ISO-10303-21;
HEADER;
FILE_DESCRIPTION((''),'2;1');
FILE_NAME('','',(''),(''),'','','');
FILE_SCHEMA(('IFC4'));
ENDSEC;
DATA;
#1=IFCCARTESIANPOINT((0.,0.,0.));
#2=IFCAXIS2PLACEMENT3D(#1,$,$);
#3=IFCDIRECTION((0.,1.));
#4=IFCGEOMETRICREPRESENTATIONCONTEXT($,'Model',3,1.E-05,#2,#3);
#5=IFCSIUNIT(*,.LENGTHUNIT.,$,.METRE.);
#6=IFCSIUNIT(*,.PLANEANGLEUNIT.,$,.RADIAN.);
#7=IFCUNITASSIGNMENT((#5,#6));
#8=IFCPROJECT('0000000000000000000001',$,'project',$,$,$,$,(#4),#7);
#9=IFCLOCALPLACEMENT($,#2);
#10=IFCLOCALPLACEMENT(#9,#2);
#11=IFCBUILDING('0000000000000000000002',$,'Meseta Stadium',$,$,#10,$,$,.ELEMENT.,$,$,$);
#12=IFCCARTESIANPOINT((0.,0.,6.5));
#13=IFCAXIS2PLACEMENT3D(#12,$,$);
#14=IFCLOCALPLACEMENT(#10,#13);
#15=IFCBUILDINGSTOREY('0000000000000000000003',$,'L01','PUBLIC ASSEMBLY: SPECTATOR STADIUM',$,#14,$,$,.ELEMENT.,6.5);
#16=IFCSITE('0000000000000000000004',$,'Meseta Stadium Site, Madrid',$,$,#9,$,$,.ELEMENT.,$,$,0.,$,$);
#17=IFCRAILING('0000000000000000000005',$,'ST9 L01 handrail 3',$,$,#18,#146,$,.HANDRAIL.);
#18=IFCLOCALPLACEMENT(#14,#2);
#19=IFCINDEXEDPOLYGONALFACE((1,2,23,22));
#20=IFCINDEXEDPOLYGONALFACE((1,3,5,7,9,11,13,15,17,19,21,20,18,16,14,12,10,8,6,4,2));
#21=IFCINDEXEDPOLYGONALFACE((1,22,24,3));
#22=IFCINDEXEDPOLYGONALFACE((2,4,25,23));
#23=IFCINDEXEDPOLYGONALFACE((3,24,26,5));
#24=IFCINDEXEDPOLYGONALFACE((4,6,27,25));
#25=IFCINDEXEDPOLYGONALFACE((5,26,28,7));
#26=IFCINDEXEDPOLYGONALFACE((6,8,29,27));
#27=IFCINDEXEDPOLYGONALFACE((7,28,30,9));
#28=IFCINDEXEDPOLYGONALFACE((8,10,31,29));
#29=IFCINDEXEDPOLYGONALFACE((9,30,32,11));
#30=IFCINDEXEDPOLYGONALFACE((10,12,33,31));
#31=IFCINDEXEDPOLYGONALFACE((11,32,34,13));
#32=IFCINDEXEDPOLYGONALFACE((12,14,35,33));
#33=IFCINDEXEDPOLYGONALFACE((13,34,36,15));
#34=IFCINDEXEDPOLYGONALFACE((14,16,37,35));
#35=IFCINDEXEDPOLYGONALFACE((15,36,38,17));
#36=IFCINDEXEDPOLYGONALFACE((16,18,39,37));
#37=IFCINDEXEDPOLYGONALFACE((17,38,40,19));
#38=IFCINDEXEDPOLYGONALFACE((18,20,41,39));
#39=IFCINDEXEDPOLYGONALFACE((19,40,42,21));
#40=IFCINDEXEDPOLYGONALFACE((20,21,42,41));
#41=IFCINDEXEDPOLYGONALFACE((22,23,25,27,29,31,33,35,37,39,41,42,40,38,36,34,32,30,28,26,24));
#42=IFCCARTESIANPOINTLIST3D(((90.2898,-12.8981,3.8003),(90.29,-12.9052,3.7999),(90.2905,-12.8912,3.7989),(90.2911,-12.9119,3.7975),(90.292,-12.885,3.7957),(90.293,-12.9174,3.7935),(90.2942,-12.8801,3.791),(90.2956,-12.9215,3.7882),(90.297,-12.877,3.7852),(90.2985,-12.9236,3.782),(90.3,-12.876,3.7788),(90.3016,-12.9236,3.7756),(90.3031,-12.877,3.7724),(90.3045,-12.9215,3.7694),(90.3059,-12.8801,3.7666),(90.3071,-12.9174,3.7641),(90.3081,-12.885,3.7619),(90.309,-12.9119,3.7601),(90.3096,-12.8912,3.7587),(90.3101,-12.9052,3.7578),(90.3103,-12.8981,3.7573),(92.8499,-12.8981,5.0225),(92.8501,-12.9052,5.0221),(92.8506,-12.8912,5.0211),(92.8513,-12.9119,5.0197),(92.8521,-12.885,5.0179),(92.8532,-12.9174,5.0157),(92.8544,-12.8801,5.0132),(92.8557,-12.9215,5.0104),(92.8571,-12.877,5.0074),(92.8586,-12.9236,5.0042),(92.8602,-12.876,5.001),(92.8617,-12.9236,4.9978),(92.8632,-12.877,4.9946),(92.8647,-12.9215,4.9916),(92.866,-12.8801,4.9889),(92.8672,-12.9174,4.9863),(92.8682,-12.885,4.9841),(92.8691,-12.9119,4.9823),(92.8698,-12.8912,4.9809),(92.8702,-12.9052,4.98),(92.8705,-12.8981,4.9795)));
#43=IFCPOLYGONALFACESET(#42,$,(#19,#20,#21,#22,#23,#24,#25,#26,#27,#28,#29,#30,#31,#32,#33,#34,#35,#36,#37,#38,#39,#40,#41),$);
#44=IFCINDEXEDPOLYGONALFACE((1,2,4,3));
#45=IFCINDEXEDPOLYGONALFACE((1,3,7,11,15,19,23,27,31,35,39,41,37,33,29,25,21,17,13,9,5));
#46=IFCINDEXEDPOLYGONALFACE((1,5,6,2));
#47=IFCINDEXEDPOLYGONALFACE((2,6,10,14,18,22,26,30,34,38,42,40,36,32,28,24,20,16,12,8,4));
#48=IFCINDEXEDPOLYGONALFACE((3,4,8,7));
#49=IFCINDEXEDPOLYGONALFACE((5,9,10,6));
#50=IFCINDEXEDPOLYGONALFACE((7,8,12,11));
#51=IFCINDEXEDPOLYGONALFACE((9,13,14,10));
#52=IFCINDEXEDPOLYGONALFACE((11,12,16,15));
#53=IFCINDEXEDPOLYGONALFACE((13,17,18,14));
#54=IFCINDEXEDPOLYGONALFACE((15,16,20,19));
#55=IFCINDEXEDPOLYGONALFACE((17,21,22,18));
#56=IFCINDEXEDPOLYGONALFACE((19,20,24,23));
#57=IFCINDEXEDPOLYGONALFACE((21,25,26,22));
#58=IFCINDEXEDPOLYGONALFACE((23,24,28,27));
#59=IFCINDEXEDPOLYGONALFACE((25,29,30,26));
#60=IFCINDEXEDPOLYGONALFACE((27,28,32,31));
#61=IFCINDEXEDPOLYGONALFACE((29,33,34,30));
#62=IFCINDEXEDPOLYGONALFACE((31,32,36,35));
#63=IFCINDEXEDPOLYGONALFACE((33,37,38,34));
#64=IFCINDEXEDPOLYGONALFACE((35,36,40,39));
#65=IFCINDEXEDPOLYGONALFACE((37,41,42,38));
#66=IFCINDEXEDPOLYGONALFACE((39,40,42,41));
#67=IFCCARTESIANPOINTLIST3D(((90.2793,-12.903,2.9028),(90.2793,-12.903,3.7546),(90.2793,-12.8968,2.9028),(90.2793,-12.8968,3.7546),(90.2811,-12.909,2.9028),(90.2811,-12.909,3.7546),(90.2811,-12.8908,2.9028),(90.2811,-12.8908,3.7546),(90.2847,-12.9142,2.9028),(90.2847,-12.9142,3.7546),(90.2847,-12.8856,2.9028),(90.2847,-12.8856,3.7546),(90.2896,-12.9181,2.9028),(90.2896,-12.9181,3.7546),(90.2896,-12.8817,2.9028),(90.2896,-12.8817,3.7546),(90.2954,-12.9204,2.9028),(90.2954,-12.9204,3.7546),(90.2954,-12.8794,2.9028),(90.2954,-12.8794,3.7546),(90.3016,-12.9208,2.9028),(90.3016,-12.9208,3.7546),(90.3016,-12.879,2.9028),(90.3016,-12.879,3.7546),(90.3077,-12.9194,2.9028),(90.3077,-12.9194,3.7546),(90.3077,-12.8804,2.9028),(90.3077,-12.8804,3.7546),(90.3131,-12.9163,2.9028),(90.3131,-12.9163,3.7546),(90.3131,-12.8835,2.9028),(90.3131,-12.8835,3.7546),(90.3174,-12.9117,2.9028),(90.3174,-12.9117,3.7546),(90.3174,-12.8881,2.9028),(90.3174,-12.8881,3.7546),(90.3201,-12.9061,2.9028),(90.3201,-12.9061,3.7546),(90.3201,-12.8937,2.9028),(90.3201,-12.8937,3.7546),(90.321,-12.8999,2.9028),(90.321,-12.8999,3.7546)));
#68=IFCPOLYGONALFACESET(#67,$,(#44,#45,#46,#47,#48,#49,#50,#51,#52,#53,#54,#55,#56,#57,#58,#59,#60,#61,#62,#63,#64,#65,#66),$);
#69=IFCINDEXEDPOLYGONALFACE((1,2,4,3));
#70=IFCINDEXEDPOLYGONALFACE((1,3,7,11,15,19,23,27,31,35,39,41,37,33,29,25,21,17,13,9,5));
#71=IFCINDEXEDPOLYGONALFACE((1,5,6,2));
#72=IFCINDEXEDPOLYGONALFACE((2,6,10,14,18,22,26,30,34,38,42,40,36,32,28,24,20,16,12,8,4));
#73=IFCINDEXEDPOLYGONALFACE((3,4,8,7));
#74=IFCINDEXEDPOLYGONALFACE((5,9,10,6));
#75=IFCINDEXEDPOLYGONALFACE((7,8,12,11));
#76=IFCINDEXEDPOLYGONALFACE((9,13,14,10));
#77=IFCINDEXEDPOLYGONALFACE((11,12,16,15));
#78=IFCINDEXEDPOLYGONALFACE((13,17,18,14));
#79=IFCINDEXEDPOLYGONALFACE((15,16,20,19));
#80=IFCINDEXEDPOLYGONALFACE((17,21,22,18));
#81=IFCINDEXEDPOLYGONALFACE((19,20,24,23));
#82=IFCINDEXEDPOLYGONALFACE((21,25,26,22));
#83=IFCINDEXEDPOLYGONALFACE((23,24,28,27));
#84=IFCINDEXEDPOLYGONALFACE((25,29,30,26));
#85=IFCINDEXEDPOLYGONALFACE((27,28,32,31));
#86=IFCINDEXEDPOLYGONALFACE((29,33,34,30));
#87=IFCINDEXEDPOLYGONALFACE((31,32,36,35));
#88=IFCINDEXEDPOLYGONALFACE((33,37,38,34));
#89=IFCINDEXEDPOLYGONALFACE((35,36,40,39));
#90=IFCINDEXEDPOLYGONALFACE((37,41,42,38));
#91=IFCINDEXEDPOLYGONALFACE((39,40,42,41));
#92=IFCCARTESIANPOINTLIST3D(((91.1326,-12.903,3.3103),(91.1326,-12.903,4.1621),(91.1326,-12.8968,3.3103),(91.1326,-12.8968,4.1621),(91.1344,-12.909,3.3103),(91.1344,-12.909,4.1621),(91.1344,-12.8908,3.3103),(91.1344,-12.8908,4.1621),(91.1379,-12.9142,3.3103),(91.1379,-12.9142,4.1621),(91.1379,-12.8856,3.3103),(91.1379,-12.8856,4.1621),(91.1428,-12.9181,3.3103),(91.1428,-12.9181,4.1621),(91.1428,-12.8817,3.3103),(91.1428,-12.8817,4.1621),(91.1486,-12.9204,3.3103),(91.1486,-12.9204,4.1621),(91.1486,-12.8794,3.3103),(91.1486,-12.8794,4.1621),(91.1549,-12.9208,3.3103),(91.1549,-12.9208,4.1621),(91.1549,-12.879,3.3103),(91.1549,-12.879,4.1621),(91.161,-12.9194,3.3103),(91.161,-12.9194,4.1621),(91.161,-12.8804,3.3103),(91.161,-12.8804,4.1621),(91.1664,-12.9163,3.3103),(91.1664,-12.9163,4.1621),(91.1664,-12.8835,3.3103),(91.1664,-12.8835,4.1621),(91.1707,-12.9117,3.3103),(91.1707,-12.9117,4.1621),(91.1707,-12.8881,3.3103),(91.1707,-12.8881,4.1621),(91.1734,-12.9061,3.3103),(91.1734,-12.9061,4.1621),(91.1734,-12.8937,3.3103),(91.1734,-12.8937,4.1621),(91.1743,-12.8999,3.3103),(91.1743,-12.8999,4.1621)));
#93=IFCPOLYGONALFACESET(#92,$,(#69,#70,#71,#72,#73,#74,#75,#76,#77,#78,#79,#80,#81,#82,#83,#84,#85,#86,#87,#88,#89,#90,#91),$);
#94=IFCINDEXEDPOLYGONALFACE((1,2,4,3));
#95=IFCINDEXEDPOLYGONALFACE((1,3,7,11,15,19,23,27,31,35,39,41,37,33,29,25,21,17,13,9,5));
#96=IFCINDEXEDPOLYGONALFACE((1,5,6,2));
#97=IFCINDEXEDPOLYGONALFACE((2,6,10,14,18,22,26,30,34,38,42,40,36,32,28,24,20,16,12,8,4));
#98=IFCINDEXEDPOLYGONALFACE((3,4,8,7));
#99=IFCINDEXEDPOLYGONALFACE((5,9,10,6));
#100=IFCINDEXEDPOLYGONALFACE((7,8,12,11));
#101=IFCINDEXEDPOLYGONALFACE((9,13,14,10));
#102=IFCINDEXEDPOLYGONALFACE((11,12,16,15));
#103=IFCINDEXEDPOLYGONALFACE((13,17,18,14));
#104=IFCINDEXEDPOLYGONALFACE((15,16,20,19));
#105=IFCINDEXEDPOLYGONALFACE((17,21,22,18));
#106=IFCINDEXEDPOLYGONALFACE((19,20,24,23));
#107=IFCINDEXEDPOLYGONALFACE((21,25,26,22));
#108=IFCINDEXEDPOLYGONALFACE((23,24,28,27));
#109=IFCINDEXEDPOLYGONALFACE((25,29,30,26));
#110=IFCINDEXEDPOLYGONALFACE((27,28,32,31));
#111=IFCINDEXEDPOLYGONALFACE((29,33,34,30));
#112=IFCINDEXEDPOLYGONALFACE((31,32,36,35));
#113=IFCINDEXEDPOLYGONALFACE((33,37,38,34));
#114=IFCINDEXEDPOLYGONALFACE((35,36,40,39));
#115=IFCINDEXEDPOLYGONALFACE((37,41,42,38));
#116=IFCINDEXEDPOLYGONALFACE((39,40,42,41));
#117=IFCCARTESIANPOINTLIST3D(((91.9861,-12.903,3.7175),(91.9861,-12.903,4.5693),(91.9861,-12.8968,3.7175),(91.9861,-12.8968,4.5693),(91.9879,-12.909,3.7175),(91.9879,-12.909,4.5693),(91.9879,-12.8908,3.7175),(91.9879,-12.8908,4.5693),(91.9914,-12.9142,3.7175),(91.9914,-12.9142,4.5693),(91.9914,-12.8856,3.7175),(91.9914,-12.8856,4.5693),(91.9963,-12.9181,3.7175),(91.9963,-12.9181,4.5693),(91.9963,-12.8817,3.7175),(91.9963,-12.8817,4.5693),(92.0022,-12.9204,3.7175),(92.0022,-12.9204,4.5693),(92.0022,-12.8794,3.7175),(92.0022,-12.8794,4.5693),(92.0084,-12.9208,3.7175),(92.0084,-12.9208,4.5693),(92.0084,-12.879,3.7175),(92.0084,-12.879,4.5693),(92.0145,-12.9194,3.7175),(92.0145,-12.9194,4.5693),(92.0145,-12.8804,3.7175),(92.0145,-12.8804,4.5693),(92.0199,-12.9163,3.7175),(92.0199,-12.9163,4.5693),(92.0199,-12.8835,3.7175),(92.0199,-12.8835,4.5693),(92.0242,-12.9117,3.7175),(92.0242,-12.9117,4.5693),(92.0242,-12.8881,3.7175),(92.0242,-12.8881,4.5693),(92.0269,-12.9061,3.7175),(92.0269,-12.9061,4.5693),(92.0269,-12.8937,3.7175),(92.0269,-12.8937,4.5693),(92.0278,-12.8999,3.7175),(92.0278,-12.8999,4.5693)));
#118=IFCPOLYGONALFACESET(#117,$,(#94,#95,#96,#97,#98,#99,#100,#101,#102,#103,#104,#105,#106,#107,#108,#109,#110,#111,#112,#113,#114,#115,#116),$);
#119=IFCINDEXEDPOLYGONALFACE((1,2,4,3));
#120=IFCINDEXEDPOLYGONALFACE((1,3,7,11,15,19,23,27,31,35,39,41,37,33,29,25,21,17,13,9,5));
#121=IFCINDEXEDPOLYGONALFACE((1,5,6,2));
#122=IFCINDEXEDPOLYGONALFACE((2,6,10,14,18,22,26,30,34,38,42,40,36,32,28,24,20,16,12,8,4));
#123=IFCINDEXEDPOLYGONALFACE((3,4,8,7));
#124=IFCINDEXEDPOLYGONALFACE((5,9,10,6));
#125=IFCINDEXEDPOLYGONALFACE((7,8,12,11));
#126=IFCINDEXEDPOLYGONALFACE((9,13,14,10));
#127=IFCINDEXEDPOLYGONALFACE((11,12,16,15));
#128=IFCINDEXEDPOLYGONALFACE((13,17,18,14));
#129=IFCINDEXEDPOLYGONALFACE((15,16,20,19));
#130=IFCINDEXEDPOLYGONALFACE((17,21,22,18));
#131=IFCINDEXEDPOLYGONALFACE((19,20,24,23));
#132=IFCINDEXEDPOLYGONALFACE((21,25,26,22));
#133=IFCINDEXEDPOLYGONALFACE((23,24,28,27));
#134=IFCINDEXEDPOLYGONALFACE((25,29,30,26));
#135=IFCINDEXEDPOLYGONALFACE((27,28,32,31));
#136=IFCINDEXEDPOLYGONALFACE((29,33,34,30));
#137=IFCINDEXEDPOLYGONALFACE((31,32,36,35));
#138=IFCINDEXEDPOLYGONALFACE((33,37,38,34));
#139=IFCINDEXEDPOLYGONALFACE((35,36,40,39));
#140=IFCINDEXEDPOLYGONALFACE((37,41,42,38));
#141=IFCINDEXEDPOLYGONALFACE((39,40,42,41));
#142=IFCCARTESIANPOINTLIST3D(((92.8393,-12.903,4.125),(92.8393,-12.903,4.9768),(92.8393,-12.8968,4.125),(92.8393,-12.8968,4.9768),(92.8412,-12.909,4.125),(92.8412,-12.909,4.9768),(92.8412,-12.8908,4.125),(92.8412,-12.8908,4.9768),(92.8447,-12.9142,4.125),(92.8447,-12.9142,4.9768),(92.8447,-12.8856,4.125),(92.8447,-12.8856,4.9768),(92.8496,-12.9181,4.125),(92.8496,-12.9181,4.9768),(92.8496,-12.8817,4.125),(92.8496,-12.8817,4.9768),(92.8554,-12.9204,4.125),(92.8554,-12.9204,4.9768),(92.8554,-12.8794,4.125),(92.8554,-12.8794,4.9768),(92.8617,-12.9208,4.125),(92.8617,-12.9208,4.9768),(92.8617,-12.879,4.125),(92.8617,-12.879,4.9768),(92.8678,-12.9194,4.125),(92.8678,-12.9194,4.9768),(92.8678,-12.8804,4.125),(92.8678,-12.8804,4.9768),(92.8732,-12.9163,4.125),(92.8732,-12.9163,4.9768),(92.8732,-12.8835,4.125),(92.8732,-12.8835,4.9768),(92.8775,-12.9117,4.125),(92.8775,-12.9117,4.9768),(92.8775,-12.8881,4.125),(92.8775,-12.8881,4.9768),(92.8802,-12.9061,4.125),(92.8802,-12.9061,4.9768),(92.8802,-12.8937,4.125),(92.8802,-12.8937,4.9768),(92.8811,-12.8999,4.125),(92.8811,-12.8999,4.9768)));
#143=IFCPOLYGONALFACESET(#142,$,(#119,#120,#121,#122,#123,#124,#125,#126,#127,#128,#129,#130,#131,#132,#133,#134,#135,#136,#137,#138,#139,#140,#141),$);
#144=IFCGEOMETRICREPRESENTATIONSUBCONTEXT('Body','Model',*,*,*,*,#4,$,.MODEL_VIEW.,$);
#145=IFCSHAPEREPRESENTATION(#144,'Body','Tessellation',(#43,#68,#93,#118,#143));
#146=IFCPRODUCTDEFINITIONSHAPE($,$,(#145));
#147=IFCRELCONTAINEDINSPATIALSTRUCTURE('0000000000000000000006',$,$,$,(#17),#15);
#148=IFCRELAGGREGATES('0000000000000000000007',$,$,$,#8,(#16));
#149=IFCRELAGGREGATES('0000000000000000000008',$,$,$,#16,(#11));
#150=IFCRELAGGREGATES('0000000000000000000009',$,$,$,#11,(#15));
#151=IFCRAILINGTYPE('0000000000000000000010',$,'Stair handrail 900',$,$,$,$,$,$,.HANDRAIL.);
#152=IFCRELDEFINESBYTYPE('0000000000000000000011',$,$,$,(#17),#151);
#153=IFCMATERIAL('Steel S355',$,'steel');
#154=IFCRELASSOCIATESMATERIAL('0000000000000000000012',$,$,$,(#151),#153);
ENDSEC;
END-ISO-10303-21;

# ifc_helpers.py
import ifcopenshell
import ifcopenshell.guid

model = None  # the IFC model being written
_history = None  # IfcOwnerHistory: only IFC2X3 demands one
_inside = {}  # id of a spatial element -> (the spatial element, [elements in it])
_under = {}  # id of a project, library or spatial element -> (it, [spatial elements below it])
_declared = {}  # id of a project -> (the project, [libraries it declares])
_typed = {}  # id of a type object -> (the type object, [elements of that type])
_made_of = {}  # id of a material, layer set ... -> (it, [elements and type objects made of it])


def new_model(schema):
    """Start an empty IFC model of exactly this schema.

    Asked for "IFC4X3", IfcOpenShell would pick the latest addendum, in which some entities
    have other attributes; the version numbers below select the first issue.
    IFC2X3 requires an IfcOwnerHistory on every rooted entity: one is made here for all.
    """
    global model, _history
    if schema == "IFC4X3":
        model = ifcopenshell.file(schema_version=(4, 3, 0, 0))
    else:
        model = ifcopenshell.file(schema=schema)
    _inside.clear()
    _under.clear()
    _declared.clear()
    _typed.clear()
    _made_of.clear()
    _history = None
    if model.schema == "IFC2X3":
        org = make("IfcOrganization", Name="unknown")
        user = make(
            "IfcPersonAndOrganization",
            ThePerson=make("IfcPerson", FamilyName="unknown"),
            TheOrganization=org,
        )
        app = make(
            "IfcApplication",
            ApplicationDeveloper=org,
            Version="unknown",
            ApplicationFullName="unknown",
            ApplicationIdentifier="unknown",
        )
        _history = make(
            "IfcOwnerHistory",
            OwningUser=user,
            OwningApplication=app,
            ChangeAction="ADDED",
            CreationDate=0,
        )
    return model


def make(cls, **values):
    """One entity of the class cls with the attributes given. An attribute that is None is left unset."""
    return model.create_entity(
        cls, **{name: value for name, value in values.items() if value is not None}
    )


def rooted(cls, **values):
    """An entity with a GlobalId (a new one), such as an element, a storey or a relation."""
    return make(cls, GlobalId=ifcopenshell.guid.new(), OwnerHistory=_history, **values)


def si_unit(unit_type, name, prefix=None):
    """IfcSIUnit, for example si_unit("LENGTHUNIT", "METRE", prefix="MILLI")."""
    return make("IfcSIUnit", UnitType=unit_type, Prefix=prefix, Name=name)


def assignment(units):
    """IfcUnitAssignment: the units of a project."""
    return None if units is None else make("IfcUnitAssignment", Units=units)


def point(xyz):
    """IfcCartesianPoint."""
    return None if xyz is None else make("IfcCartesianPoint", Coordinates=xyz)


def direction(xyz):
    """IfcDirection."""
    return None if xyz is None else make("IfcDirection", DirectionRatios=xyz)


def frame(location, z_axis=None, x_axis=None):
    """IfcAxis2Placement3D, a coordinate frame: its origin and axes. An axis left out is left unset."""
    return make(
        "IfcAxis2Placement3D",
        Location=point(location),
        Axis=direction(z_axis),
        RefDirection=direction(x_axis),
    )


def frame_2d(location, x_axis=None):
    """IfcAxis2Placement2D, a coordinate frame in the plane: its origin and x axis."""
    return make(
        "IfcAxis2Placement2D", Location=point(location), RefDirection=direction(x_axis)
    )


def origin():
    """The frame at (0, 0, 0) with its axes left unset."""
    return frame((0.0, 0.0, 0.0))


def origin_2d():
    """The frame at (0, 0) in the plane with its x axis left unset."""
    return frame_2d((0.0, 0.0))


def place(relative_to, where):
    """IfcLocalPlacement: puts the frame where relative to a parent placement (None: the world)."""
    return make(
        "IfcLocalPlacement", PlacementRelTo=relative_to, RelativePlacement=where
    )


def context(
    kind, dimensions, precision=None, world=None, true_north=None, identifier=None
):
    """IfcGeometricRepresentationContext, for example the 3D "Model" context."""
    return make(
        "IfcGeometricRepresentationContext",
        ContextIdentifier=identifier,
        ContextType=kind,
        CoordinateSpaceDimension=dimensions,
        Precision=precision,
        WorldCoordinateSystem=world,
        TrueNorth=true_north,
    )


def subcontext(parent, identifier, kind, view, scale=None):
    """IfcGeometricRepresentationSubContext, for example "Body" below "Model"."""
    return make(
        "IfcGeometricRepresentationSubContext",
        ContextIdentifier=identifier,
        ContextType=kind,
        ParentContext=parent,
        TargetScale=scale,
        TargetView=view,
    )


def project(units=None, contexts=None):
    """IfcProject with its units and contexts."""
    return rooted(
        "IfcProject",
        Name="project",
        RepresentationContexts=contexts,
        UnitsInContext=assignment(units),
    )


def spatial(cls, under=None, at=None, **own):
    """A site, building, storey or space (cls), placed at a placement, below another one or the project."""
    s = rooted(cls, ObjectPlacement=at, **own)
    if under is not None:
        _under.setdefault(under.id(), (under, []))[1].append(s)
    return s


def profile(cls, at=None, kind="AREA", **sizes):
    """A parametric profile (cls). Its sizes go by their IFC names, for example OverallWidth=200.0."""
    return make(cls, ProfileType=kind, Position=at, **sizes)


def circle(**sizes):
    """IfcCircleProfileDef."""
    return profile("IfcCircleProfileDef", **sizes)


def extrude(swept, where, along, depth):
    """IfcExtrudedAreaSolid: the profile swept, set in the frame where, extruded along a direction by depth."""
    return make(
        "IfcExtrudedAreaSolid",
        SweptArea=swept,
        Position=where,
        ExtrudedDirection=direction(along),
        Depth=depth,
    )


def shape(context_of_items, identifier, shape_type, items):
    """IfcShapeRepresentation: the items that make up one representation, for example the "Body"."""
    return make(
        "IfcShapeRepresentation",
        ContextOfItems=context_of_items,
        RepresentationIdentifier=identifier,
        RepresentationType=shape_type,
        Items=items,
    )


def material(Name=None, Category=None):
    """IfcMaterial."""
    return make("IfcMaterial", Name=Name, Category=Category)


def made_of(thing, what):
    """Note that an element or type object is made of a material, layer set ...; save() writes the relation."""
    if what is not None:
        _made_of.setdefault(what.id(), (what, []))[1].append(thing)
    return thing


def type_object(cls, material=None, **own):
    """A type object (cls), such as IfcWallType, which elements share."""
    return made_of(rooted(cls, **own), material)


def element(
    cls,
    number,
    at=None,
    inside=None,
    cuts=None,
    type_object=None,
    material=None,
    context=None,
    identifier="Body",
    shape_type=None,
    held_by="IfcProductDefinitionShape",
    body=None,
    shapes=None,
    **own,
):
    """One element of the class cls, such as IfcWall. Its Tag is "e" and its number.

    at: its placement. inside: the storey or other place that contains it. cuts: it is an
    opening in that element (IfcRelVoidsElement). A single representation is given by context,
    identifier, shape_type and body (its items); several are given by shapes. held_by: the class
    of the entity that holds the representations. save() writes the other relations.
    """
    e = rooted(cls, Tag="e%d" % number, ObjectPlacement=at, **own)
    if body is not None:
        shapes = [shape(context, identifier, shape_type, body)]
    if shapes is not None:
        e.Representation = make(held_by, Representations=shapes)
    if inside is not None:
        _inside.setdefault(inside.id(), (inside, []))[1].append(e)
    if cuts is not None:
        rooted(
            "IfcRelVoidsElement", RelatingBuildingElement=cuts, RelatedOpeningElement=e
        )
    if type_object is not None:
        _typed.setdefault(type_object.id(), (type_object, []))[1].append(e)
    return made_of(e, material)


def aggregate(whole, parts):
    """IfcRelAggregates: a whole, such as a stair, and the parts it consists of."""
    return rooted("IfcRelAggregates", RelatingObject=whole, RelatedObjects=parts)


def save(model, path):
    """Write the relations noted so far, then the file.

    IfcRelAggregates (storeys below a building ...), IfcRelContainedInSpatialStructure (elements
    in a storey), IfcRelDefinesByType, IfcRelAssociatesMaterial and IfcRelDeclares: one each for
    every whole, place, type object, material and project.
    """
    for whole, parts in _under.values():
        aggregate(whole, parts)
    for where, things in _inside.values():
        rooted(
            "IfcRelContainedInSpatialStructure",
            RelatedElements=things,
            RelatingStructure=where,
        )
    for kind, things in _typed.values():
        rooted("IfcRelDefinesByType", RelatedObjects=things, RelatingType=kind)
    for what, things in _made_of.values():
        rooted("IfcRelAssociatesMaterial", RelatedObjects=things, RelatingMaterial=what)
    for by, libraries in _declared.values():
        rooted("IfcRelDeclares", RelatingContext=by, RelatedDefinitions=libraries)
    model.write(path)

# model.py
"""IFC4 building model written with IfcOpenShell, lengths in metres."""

from ifc_helpers import new_model, si_unit, direction, frame, origin, origin_2d, place, context, subcontext, project, spatial, circle, extrude, material, type_object, element, save


model = new_model("IFC4")

# Units and contexts
model_context = context("Model", 3, precision=1e-05, world=origin(), true_north=direction((0.0, 1.0)))
body_context = subcontext(model_context, "Body", "Model", "MODEL_VIEW")
ifc_project = project(units=[si_unit("LENGTHUNIT", "METRE"), si_unit("PLANEANGLEUNIT", "RADIAN")], contexts=[model_context])

# Site, building, storey
site_placement = place(None, origin())
site = spatial("IfcSite", under=ifc_project, at=site_placement, Name="Meseta Stadium Site, Madrid", CompositionType="ELEMENT", RefElevation=0.0)
building_placement = place(site_placement, origin())
building = spatial("IfcBuilding", under=site, at=building_placement, Name="Meseta Stadium", CompositionType="ELEMENT")
storey_placement = place(building_placement, frame((0.0, 0.0, 6.5)))
storey = spatial("IfcBuildingStorey", under=building, at=storey_placement, Name="L01", Description="PUBLIC ASSEMBLY: SPECTATOR STADIUM", CompositionType="ELEMENT", Elevation=6.5)

# Railing
ifc_material_1 = material(Name="Steel S355", Category="steel")
railing_type_1 = type_object("IfcRailingType", Name="Stair handrail 900", PredefinedType="HANDRAIL", material=ifc_material_1)
railing_1_placement = place(storey_placement, frame((90.3, -12.8999, 2.9028)))
element("IfcRailing", 1, at=railing_1_placement, inside=storey, type_object=railing_type_1, Name="ST9 L01 handrail 3", PredefinedType="HANDRAIL", context=body_context, shape_type="SweptSolid", body=[
    extrude(circle(Radius=0.0239, at=origin_2d()), frame((0.0, 0.0, 0.876), z_axis=(0.902437, 0.0, 0.430822), x_axis=(0.0, 1.0, 0.0)), (0.0, 0.0, 1.0), 2.8369),
    extrude(circle(Radius=0.021, at=origin_2d()), origin(), (0.0, 0.0, 1.0), 0.8518),
    extrude(circle(Radius=0.021, at=origin_2d()), frame((0.8533, 0.0, 0.4075)), (0.0, 0.0, 1.0), 0.8518),
    extrude(circle(Radius=0.021, at=origin_2d()), frame((1.7068, 0.0, 0.8147)), (0.0, 0.0, 1.0), 0.8518),
    extrude(circle(Radius=0.021, at=origin_2d()), frame((2.5601, 0.0, 1.2222)), (0.0, 0.0, 1.0), 0.8518),
])

save(model, "model.ifc")
